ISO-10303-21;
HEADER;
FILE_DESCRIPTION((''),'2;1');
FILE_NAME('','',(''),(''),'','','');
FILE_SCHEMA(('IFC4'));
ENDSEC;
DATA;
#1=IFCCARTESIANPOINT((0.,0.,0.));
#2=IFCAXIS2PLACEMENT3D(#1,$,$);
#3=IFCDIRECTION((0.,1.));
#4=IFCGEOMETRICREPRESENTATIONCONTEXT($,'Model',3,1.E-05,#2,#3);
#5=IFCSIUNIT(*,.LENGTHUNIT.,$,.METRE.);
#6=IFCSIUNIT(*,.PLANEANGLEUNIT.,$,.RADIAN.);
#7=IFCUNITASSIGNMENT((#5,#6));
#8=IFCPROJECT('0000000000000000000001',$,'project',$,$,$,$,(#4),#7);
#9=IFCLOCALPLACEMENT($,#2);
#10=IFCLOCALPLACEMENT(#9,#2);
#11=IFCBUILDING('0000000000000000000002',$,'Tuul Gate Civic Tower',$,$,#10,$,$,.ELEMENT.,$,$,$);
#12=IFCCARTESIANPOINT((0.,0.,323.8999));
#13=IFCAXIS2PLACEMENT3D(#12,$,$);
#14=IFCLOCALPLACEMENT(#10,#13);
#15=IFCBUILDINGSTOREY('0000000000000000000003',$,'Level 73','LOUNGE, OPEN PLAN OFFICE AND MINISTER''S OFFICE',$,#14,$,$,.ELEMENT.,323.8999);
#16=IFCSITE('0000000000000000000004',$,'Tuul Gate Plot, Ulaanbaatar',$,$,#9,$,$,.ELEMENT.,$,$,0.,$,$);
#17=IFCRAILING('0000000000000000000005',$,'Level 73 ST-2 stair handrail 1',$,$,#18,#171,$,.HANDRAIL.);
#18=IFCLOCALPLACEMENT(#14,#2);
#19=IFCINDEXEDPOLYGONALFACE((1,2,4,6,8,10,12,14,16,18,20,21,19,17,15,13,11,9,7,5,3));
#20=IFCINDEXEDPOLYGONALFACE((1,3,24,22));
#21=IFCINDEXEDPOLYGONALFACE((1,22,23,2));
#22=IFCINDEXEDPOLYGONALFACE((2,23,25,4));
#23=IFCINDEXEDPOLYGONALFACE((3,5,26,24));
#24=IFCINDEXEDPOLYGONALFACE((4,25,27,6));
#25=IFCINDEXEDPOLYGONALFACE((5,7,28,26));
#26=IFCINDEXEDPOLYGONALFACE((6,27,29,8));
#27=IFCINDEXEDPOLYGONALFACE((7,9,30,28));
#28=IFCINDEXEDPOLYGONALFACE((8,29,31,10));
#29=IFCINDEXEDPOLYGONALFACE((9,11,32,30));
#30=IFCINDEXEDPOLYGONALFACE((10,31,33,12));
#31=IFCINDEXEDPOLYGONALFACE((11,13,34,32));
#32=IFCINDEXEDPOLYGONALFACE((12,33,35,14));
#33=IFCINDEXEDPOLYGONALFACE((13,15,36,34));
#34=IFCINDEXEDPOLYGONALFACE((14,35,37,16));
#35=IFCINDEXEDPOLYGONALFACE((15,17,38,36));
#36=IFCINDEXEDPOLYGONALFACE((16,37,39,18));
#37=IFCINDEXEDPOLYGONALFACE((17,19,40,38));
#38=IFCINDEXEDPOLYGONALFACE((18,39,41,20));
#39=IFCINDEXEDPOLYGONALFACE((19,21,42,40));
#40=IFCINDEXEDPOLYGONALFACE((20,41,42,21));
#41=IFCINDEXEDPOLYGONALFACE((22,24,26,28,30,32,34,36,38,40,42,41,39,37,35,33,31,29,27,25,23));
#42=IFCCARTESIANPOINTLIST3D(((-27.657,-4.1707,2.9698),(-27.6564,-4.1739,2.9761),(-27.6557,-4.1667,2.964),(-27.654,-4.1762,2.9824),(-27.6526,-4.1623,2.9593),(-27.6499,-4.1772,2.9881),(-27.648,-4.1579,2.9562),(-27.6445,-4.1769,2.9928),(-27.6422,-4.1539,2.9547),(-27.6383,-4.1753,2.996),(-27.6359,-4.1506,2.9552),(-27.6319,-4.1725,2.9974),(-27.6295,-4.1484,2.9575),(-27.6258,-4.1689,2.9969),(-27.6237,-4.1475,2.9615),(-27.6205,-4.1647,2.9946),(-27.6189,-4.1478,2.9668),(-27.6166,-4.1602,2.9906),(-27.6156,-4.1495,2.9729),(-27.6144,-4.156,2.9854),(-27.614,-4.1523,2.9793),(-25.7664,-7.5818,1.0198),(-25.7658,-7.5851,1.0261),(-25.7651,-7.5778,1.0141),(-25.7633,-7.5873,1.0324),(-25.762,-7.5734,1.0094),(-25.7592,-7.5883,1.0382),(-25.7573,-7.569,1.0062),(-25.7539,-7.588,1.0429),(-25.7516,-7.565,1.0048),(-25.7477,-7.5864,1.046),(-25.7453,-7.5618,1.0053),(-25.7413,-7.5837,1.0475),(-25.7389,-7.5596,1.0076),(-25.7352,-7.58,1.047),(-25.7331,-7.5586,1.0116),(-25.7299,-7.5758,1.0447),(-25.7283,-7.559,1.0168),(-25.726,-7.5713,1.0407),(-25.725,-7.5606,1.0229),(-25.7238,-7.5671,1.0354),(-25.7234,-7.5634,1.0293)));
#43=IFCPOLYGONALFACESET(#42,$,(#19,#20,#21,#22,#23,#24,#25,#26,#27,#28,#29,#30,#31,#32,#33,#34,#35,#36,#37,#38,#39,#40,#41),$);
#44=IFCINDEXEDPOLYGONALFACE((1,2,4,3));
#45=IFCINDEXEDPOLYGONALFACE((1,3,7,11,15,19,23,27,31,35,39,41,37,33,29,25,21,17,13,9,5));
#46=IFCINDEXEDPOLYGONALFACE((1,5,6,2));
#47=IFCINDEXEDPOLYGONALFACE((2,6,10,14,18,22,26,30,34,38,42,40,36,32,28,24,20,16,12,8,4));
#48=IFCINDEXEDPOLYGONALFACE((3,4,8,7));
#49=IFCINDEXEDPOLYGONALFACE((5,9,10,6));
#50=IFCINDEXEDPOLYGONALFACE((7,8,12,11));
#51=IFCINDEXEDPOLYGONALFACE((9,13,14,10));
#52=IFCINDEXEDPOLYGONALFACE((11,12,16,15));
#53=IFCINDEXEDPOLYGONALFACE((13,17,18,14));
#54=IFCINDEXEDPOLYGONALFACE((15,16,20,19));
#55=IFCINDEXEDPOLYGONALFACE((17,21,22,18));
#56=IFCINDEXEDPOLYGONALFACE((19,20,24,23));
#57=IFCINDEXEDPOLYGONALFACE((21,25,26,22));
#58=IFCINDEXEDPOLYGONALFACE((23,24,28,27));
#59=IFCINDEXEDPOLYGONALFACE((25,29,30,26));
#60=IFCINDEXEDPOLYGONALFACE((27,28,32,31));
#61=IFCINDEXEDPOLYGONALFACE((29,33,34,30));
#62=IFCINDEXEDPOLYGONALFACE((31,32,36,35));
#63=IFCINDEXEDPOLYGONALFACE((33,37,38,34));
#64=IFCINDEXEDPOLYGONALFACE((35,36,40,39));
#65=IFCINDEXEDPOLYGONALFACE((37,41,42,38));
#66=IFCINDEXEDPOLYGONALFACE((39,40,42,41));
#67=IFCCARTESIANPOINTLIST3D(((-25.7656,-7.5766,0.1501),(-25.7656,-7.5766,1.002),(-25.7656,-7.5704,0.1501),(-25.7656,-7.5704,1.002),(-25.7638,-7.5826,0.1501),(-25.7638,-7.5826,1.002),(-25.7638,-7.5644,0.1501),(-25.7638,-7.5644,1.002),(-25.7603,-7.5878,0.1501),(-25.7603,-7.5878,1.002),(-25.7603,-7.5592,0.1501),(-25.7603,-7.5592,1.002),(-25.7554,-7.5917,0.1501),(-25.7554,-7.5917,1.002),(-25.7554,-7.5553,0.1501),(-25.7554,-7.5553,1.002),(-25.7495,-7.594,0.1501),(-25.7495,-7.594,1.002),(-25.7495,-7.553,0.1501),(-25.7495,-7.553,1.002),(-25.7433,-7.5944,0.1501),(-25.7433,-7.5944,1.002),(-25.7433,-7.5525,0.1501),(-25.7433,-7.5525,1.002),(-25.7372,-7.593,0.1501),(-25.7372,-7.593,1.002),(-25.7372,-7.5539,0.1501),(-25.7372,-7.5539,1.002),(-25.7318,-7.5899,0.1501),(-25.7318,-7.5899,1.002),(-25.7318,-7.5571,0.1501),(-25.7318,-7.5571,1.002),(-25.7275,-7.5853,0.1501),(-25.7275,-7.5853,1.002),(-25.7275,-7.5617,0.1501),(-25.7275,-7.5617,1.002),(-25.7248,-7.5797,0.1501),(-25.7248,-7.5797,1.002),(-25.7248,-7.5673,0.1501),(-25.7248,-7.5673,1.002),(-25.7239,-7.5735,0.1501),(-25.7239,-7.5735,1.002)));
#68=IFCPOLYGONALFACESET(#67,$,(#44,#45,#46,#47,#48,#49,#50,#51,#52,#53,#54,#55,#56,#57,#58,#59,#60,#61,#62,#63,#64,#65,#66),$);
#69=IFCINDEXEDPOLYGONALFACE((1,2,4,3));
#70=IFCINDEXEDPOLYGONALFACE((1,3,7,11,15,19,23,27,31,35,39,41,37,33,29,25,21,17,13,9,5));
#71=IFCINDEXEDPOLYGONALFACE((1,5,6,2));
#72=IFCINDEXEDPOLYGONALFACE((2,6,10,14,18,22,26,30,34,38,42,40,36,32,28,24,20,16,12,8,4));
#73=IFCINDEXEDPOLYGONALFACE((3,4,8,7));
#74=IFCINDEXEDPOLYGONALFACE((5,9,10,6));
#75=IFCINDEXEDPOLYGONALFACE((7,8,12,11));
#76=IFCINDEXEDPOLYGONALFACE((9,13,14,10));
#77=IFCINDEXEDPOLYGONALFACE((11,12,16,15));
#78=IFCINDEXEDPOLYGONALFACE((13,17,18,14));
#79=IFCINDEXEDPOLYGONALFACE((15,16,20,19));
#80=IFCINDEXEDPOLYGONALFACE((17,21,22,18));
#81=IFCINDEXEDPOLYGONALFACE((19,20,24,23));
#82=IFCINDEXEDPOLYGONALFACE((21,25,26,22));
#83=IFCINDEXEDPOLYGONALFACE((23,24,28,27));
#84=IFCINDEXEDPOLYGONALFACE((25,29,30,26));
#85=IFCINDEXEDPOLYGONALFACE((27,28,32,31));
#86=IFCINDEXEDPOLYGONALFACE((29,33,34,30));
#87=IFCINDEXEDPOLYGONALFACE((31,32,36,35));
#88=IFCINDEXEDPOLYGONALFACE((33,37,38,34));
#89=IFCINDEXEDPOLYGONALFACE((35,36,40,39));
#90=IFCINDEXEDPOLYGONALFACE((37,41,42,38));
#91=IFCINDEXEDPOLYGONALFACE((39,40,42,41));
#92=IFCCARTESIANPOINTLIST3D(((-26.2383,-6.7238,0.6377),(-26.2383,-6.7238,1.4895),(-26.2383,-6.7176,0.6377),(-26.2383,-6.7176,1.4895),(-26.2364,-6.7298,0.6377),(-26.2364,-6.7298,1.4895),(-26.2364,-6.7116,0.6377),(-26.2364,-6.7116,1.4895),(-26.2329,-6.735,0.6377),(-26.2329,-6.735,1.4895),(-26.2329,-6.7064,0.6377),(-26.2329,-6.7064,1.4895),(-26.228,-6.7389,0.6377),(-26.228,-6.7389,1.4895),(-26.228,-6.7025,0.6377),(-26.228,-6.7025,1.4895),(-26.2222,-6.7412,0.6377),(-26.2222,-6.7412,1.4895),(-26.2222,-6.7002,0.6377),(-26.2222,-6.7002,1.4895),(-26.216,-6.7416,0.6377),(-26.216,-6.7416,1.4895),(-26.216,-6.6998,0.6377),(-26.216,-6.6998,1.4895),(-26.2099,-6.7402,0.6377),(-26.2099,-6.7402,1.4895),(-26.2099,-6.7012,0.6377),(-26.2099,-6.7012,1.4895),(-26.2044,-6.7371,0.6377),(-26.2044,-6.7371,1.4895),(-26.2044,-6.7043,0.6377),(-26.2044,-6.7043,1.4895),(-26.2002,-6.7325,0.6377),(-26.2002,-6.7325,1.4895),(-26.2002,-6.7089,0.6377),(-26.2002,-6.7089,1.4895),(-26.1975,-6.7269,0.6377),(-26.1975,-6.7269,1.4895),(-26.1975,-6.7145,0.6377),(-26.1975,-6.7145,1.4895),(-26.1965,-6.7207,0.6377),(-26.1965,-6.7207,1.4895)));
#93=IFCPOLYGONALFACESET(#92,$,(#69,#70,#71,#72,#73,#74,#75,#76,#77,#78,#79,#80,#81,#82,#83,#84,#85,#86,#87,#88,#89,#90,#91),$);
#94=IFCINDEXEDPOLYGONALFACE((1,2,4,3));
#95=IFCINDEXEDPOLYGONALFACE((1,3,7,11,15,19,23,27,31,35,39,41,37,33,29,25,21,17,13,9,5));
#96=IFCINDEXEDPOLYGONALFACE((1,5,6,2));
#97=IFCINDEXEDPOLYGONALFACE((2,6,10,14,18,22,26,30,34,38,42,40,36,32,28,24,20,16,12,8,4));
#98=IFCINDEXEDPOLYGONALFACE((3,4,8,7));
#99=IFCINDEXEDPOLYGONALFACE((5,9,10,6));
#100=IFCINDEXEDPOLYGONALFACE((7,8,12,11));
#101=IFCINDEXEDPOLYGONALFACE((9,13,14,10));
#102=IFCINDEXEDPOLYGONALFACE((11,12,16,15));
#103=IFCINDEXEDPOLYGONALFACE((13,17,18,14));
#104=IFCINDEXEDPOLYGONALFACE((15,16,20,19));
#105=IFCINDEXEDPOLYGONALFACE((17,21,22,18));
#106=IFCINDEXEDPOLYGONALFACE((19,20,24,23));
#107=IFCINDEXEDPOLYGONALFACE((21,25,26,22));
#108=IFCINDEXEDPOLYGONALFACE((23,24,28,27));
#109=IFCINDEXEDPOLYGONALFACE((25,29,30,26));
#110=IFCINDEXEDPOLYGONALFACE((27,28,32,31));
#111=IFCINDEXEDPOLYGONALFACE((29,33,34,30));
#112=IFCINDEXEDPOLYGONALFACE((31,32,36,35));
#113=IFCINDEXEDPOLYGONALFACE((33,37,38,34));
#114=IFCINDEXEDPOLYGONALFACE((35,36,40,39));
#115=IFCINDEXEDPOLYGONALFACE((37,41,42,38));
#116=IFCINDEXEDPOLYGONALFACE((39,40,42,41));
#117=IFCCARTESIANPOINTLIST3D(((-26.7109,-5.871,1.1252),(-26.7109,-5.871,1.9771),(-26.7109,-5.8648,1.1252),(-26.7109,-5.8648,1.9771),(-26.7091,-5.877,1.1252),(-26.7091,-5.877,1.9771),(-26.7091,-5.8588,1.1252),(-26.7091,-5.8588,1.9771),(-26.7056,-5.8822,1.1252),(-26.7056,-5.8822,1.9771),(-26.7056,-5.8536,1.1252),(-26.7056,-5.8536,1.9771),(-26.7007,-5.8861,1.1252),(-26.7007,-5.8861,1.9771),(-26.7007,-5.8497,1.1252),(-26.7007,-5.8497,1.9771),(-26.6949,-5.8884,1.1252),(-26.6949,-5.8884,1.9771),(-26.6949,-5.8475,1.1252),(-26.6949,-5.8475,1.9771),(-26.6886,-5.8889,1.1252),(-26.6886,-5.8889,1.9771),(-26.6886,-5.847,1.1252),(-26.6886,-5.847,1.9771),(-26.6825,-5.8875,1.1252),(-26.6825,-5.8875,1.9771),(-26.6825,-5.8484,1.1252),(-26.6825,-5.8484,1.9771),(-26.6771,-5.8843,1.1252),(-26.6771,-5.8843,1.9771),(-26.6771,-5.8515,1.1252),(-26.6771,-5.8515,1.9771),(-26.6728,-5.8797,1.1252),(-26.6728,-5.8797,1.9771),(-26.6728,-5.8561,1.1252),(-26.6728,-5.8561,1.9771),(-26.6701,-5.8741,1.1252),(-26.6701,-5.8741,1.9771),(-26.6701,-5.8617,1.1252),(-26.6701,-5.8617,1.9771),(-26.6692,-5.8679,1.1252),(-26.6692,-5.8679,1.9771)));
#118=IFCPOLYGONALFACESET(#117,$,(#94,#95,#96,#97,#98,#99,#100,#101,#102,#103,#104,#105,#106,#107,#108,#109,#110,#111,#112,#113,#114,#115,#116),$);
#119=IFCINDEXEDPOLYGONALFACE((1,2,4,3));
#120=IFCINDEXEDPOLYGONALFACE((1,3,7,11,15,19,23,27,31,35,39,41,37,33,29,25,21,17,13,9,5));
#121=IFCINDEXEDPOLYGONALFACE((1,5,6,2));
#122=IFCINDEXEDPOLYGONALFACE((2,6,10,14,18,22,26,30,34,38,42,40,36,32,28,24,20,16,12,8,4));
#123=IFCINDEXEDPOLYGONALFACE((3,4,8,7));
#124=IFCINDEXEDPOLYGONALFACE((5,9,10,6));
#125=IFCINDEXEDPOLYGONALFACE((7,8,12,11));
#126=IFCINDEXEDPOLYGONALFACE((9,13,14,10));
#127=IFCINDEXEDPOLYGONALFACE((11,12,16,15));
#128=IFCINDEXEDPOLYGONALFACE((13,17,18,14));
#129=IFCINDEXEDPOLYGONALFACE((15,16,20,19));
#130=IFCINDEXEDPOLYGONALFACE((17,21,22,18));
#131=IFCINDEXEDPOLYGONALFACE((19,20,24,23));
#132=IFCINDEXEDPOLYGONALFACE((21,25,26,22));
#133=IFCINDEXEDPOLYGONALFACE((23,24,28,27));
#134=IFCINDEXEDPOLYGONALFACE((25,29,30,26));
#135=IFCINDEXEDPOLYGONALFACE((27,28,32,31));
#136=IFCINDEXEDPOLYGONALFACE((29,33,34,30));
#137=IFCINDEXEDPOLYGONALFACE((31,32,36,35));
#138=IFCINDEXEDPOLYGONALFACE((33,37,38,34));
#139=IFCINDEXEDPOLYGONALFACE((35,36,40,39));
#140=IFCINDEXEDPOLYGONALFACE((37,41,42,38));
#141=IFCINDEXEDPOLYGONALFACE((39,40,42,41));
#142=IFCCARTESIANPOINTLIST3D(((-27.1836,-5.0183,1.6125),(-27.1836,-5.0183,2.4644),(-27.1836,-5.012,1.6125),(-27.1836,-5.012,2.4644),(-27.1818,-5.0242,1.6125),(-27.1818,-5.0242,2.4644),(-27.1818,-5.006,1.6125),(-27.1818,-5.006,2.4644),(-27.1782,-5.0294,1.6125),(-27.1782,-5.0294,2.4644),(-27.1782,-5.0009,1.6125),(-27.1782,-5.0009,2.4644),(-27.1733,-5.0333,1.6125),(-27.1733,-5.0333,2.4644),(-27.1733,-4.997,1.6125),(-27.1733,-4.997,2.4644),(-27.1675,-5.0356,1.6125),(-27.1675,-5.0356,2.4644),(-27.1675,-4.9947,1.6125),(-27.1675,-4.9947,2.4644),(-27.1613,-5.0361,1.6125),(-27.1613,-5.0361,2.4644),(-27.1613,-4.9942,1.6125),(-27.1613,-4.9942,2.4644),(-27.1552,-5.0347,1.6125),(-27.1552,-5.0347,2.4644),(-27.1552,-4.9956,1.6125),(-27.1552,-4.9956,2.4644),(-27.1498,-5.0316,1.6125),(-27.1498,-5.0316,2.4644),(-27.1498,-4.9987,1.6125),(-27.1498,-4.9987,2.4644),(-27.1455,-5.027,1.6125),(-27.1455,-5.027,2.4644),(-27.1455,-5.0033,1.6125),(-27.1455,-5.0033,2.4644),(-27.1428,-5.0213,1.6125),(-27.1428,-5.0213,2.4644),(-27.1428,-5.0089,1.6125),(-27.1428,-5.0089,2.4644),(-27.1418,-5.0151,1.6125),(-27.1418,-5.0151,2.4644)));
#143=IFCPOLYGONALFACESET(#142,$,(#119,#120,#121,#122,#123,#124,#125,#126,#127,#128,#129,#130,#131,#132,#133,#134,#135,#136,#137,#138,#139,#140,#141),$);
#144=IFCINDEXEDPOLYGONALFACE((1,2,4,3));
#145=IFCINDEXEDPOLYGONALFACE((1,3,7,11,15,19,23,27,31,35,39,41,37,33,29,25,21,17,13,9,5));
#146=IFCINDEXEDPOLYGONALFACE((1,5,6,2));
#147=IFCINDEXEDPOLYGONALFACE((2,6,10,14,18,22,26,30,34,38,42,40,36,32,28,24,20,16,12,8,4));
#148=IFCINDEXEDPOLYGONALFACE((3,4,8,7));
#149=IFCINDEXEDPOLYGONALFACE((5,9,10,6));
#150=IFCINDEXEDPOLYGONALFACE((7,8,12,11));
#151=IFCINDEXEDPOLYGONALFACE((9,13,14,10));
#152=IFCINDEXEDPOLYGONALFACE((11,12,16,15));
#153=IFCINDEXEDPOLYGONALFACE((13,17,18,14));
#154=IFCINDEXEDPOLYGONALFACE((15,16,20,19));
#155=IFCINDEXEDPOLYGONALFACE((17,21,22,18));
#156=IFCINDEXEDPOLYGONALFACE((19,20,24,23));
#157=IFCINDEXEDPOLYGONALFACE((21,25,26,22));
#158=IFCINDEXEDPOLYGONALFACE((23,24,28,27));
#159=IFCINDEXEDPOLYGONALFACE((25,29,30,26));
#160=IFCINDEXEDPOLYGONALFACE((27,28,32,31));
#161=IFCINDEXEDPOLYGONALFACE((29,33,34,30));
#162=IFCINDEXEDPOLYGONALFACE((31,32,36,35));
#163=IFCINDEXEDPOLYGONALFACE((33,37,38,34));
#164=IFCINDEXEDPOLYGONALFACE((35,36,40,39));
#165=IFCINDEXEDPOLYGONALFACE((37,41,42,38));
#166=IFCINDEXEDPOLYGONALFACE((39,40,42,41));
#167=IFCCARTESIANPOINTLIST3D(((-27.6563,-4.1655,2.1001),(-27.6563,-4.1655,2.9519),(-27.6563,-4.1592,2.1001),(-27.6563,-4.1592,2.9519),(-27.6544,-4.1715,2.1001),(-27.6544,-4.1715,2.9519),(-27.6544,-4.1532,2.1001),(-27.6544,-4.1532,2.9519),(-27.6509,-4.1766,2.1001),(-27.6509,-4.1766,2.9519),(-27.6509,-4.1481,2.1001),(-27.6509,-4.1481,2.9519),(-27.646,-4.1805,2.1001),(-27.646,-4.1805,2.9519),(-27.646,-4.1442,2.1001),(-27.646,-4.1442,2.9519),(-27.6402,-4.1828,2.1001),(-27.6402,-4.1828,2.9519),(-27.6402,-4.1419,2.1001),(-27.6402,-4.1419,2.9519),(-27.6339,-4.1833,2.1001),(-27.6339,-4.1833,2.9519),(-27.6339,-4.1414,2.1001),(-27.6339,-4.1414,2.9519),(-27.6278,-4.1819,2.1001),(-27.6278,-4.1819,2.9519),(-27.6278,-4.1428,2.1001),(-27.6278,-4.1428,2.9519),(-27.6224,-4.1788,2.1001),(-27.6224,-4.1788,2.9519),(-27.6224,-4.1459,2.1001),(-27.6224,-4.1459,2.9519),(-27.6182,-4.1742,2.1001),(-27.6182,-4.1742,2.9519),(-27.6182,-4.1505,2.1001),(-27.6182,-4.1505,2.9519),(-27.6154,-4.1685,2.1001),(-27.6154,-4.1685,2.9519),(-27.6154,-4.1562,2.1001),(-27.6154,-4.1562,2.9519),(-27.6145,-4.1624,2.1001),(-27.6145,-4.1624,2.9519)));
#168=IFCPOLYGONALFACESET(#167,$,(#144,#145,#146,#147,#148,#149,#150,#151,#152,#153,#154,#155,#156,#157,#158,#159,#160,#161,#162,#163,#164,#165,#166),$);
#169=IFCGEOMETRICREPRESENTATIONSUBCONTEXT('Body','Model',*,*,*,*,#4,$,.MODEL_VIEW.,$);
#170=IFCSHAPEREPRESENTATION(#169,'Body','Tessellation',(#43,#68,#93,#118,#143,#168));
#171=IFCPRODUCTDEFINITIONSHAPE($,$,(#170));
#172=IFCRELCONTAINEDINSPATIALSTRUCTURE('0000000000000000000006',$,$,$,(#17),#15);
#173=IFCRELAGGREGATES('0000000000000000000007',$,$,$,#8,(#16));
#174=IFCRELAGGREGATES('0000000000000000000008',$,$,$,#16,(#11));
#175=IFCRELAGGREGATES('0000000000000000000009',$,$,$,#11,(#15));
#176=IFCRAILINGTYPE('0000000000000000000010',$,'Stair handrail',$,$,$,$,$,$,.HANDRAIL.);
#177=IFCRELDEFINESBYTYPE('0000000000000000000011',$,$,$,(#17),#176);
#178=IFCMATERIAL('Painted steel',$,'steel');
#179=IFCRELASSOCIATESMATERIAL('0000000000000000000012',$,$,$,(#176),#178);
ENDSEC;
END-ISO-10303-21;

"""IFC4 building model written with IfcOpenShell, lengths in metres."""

from ifc_helpers import new_model, si_unit, direction, frame, origin, origin_2d, place, context, subcontext, project, spatial, circle, extrude, material, type_object, element, save


model = new_model("IFC4")

# Units and contexts
model_context = context("Model", 3, precision=1e-05, world=origin(), true_north=direction((0.0, 1.0)))
body_context = subcontext(model_context, "Body", "Model", "MODEL_VIEW")
ifc_project = project(units=[si_unit("LENGTHUNIT", "METRE"), si_unit("PLANEANGLEUNIT", "RADIAN")], contexts=[model_context])

# Site, building, storey
site_placement = place(None, origin())
site = spatial("IfcSite", under=ifc_project, at=site_placement, Name="Tuul Gate Plot, Ulaanbaatar", CompositionType="ELEMENT", RefElevation=0.0)
building_placement = place(site_placement, origin())
building = spatial("IfcBuilding", under=site, at=building_placement, Name="Tuul Gate Civic Tower", CompositionType="ELEMENT")
storey_placement = place(building_placement, frame((0.0, 0.0, 323.8999)))
storey = spatial("IfcBuildingStorey", under=building, at=storey_placement, Name="Level 73", Description="LOUNGE, OPEN PLAN OFFICE AND MINISTER'S OFFICE", CompositionType="ELEMENT", Elevation=323.8999)

# Railing
ifc_material_1 = material(Name="Painted steel", Category="steel")
railing_type_1 = type_object("IfcRailingType", Name="Stair handrail", PredefinedType="HANDRAIL", material=ifc_material_1)
railing_1_placement = place(storey_placement, frame((-25.7449, -7.5735, 0.1501)))
element("IfcRailing", 1, at=railing_1_placement, inside=storey, type_object=railing_type_1, Name="Level 73 ST-2 stair handrail 1", PredefinedType="HANDRAIL", context=body_context, shape_type="SweptSolid", body=[
    extrude(circle(Radius=0.0239, at=origin_2d()), frame((0.0, 0.0, 0.876), z_axis=(-0.433595, 0.782308, 0.447201), x_axis=(-0.874641, -0.484771, 0.0)), (0.0, 0.0, 1.0), 4.3604),
    extrude(circle(Radius=0.021, at=origin_2d()), origin(), (0.0, 0.0, 1.0), 0.8518),
    extrude(circle(Radius=0.021, at=origin_2d()), frame((-0.4727, 0.8528, 0.4875)), (0.0, 0.0, 1.0), 0.8518),
    extrude(circle(Radius=0.021, at=origin_2d()), frame((-0.9453, 1.7056, 0.9751)), (0.0, 0.0, 1.0), 0.8518),
    extrude(circle(Radius=0.021, at=origin_2d()), frame((-1.418, 2.5583, 1.4624)), (0.0, 0.0, 1.0), 0.8518),
    extrude(circle(Radius=0.021, at=origin_2d()), frame((-1.8906, 3.4111, 1.95)), (0.0, 0.0, 1.0), 0.8518),
])

save(model, "model.ifc")
